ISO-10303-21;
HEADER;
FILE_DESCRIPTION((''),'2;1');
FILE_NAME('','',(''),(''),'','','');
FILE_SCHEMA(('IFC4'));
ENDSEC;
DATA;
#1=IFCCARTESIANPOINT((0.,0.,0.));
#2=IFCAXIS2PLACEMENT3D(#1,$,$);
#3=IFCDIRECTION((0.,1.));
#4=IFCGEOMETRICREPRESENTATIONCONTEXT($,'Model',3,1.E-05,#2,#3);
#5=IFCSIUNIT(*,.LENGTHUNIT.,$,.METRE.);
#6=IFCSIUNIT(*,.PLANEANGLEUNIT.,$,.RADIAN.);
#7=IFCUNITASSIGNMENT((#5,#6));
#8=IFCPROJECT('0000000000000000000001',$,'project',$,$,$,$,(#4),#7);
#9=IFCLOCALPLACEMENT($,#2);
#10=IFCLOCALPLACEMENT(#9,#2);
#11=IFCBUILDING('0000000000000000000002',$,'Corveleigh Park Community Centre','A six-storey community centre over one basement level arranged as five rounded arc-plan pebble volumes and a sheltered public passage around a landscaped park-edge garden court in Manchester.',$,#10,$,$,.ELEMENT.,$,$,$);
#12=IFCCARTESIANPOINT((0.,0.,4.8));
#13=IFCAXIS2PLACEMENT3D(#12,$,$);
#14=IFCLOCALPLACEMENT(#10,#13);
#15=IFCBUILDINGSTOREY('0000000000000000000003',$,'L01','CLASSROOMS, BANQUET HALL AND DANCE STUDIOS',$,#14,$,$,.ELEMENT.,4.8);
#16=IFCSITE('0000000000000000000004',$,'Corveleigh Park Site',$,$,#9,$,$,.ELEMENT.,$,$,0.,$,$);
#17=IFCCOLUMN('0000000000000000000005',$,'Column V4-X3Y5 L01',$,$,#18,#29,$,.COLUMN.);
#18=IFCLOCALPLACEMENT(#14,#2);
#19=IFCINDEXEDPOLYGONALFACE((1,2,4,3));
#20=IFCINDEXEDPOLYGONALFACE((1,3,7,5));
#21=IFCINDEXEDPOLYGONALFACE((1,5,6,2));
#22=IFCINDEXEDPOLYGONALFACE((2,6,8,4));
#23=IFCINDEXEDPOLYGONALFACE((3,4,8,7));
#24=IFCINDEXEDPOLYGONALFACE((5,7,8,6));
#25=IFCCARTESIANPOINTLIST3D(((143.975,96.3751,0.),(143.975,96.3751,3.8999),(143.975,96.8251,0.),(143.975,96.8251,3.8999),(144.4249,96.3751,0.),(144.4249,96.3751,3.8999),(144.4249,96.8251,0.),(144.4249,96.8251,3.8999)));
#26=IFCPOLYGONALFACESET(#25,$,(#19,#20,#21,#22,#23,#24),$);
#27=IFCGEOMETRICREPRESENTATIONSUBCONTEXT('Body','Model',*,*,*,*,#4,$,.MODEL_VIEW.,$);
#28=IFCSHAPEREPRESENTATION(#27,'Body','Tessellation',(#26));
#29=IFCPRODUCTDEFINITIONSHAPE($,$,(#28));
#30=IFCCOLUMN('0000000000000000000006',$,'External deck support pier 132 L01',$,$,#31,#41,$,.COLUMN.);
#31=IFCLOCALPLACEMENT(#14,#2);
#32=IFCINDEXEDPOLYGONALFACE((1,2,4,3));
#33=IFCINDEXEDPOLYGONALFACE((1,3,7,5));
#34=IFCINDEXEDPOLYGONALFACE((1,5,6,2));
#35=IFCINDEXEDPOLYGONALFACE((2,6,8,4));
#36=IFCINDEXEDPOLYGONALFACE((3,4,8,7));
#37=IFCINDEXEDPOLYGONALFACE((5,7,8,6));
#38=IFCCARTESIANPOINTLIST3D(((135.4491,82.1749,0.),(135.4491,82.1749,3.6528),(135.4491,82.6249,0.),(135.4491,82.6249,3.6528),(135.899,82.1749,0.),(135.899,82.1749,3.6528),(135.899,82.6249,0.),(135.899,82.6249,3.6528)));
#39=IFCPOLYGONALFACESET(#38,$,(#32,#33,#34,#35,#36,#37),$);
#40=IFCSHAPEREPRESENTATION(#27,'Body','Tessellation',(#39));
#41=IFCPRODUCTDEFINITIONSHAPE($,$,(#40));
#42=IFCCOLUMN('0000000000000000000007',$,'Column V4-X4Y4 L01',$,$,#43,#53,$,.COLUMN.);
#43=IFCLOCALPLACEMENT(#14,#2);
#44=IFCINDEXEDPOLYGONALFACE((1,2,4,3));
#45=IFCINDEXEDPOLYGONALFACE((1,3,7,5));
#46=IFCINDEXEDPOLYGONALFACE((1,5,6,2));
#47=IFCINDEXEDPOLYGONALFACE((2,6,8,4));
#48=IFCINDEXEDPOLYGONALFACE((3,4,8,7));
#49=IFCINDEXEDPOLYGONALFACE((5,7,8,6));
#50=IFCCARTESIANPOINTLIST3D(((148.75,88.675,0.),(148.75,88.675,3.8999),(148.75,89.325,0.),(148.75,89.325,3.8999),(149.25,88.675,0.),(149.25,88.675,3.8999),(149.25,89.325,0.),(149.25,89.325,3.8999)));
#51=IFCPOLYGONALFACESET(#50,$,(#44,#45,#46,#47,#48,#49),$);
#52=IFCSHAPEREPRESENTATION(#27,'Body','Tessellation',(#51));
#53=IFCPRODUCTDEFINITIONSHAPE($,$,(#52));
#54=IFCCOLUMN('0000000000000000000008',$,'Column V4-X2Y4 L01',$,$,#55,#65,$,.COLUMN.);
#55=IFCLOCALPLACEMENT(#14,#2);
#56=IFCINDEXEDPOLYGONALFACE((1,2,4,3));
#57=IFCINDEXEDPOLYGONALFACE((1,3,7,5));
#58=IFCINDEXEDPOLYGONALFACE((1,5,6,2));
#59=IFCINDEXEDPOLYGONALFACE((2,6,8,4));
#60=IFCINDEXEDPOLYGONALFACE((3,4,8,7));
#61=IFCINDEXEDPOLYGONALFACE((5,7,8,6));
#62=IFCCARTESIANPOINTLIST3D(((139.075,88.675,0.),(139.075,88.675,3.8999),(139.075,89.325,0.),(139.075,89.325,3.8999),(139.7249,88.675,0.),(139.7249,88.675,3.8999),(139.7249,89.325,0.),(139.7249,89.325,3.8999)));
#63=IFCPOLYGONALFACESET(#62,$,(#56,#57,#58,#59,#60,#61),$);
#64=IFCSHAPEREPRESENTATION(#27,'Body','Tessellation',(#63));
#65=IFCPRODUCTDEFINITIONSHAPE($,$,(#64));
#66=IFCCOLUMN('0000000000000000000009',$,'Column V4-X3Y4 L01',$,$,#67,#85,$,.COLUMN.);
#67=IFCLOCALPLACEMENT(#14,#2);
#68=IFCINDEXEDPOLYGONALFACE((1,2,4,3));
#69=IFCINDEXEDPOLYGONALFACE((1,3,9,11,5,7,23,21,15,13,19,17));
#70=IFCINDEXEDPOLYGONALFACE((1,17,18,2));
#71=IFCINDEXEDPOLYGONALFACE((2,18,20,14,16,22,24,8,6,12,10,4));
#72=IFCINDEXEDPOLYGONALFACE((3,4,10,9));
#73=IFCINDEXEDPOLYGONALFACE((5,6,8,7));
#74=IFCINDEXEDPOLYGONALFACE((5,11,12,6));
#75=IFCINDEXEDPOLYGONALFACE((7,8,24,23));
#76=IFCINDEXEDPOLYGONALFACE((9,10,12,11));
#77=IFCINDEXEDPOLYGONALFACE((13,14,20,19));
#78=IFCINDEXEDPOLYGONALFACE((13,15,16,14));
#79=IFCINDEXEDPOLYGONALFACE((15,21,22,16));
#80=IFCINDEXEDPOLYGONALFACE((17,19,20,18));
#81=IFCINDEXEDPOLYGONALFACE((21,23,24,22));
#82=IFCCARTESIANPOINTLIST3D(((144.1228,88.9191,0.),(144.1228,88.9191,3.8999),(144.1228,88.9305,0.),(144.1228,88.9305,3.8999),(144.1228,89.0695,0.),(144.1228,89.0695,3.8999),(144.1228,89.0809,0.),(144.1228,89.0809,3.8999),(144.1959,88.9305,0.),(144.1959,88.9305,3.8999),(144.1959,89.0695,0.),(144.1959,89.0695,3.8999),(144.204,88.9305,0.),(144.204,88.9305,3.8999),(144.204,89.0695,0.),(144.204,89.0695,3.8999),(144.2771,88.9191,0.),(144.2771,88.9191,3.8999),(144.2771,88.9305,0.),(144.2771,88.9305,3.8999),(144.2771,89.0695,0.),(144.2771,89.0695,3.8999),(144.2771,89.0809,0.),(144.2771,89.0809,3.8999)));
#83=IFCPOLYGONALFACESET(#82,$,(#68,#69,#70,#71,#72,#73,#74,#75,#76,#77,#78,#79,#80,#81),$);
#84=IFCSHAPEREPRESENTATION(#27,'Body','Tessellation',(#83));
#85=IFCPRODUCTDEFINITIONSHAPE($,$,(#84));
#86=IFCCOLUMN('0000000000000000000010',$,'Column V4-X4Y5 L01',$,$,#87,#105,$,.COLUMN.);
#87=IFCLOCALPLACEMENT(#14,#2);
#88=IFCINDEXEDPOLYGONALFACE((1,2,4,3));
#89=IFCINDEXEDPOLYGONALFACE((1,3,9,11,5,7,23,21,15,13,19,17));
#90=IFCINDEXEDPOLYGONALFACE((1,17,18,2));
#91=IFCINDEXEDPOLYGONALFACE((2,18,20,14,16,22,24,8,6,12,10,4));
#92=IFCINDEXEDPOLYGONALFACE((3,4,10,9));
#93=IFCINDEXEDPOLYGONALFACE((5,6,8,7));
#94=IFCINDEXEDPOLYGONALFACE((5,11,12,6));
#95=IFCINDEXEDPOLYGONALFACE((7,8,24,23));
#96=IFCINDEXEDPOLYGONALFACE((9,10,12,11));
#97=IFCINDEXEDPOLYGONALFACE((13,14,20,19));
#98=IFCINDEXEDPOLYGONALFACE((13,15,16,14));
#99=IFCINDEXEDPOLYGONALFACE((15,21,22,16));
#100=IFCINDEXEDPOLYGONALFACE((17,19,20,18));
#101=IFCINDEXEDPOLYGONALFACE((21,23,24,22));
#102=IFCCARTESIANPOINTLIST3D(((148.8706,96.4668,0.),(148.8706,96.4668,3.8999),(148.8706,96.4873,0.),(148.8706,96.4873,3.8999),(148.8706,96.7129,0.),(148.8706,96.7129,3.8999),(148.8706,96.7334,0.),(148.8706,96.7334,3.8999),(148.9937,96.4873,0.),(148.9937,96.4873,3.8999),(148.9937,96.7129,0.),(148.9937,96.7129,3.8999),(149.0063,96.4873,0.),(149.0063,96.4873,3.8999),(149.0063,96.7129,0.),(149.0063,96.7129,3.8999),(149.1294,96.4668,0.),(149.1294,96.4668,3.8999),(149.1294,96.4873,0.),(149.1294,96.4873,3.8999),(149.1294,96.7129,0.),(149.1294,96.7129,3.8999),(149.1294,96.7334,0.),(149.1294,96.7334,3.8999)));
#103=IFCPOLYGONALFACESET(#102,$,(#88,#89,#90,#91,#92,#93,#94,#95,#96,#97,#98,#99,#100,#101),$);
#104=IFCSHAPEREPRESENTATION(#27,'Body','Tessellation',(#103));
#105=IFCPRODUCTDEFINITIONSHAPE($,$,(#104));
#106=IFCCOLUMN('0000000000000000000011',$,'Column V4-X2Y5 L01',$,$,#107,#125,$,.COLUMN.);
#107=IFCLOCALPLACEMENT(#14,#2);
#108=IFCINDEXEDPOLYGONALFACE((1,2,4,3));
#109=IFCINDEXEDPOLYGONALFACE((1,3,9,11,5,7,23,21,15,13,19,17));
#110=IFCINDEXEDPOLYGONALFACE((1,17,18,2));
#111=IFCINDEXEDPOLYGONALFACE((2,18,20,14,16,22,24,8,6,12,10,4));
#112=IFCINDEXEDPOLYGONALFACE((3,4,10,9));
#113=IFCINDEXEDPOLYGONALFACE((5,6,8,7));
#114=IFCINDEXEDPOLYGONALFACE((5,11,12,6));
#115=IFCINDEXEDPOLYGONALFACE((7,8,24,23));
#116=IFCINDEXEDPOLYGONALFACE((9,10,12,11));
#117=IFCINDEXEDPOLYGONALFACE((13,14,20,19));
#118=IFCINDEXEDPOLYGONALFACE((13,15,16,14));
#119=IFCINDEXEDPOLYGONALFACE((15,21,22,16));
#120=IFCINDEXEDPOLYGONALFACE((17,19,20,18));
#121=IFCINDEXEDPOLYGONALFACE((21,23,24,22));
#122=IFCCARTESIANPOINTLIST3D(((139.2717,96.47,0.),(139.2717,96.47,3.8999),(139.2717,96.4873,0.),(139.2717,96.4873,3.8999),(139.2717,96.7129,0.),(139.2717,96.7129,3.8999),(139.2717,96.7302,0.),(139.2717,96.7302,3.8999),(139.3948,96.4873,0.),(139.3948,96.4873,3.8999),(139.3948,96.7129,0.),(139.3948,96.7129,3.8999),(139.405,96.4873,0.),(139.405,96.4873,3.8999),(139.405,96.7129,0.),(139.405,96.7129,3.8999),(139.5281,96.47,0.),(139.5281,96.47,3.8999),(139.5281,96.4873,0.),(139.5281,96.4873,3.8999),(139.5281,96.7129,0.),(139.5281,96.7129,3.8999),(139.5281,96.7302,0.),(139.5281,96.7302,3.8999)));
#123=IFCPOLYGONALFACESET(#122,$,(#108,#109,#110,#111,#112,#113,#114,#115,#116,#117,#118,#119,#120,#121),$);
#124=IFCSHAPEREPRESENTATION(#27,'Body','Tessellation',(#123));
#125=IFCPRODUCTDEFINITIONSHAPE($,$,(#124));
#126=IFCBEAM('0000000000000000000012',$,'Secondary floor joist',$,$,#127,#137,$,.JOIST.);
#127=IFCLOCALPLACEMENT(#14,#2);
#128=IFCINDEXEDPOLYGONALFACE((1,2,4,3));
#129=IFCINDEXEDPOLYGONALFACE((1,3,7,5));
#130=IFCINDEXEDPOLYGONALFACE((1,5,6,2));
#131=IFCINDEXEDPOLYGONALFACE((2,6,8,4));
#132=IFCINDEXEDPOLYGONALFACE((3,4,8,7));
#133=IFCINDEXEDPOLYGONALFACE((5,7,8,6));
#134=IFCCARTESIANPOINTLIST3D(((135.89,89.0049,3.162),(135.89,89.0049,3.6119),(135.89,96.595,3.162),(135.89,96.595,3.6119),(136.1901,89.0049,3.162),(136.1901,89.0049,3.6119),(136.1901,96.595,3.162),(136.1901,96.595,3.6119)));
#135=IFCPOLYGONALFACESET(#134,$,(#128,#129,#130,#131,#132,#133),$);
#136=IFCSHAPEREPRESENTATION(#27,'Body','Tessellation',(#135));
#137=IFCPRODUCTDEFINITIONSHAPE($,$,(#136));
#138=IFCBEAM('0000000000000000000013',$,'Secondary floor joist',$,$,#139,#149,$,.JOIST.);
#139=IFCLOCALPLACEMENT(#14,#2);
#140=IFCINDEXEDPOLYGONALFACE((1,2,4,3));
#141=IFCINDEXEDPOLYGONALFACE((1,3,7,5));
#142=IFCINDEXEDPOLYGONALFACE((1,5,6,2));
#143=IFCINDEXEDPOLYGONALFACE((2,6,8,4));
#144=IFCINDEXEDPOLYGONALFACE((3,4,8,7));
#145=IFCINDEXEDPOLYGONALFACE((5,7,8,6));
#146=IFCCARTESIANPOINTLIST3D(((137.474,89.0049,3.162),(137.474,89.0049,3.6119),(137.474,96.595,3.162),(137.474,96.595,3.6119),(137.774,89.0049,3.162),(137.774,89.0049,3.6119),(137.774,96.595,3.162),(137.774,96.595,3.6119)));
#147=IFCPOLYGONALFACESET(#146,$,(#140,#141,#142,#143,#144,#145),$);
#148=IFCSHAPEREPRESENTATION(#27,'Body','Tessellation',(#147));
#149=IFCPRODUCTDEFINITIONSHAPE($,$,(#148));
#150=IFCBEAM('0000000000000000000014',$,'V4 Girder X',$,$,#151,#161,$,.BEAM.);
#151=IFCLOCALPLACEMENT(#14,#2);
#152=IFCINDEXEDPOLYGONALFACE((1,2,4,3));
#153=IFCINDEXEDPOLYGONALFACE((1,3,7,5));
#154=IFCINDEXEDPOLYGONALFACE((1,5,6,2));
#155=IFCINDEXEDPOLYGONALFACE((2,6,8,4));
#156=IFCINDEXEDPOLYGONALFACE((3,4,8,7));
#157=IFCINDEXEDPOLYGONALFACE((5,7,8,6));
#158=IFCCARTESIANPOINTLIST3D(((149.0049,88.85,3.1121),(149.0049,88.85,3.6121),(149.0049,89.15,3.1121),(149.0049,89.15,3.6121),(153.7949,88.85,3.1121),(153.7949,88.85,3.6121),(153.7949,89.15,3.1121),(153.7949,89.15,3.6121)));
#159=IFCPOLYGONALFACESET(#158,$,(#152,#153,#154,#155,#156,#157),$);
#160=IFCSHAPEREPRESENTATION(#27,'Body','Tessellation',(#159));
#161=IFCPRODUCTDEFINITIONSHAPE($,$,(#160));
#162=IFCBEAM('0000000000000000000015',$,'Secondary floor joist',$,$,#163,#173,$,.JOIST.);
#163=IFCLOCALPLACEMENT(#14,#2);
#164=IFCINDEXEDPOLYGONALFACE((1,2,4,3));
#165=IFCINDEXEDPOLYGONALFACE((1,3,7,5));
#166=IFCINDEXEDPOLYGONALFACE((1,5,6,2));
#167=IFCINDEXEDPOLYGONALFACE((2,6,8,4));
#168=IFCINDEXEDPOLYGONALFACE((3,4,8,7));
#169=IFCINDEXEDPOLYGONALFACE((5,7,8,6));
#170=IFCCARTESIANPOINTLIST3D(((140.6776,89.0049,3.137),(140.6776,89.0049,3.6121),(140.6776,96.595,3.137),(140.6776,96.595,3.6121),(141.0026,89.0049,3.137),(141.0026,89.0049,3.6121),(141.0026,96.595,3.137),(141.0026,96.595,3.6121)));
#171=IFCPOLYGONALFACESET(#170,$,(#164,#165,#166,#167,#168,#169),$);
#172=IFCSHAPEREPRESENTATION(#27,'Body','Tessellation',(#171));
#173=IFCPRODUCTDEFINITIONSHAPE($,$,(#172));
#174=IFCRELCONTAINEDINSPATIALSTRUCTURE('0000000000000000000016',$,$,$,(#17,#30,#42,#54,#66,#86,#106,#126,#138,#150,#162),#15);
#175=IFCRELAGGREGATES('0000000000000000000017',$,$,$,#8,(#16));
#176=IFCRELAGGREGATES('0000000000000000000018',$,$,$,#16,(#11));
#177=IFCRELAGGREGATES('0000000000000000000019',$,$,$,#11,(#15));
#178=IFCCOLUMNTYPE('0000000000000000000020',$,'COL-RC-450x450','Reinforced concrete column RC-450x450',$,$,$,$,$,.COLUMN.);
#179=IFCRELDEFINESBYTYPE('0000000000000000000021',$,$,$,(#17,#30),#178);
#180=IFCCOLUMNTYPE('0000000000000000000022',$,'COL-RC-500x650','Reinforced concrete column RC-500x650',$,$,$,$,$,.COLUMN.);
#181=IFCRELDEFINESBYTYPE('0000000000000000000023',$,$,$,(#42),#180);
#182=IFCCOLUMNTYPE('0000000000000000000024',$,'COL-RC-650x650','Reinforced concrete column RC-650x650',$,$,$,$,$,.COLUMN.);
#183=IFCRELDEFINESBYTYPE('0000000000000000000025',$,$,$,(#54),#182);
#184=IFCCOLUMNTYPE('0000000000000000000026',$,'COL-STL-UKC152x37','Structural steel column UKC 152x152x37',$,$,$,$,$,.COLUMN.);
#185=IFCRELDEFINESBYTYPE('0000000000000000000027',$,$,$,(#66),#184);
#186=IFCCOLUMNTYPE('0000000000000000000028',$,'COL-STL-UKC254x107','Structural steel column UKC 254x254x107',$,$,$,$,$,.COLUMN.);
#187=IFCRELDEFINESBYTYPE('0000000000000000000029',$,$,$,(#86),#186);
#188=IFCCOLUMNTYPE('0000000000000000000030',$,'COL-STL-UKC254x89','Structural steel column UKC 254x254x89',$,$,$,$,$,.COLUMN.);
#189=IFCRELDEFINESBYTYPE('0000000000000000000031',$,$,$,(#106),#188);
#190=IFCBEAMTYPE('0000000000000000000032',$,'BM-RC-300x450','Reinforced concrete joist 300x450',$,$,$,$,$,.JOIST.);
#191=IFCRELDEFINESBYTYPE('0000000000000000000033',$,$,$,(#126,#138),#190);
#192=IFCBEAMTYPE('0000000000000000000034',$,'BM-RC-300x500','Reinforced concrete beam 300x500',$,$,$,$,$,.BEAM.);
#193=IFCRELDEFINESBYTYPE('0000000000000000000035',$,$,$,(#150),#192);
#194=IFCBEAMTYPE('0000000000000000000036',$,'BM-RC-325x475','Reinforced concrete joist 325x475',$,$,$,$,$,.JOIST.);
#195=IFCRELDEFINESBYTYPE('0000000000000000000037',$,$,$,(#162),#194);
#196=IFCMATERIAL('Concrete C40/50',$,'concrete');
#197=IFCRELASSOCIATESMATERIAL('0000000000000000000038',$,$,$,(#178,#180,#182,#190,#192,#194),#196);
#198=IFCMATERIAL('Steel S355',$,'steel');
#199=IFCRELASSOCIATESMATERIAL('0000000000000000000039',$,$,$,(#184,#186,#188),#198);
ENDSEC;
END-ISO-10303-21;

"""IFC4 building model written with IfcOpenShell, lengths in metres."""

from ifc_helpers import new_model, si_unit, direction, frame, origin, origin_2d, place, context, subcontext, project, spatial, rectangle, i_section, extrude, material, material_profile, profile_set, type_object, element, save


model = new_model("IFC4")

# Units and contexts
model_context = context("Model", 3, precision=1e-05, world=origin(), true_north=direction((0.0, 1.0)))
body_context = subcontext(model_context, "Body", "Model", "MODEL_VIEW")
ifc_project = project(units=[si_unit("LENGTHUNIT", "METRE"), si_unit("PLANEANGLEUNIT", "RADIAN")], contexts=[model_context])

# Site, building, storey
site_placement = place(None, origin())
site = spatial("IfcSite", under=ifc_project, at=site_placement, Name="Corveleigh Park Site", CompositionType="ELEMENT", RefElevation=0.0)
building_placement = place(site_placement, origin())
building = spatial("IfcBuilding", under=site, at=building_placement, Name="Corveleigh Park Community Centre", Description="A six-storey community centre over one basement level arranged as five rounded arc-plan pebble volumes and a sheltered public passage around a landscaped park-edge garden court in Manchester.", CompositionType="ELEMENT")
storey_placement = place(building_placement, frame((0.0, 0.0, 4.8)))
storey = spatial("IfcBuildingStorey", under=building, at=storey_placement, Name="L01", Description="CLASSROOMS, BANQUET HALL AND DANCE STUDIOS", CompositionType="ELEMENT", Elevation=4.8)

# Columns
ifc_material_1 = material(Name="Concrete C40/50", Category="concrete")
ifc_material_profile_1 = material_profile(ifc_material_1, rectangle(XDim=0.45, YDim=0.45, at=origin_2d()), Name="RC-450x450", Category="concrete")
ifc_profile_set_1 = profile_set([ifc_material_profile_1], Name="Concrete C40/50")
column_type_1 = type_object("IfcColumnType", Name="COL-RC-450x450", Description="Reinforced concrete column RC-450x450", PredefinedType="COLUMN", material=ifc_profile_set_1)
column_1_placement = place(storey_placement, frame((144.2, 96.6001, 0.0), z_axis=(0.0, 0.0, 1.0), x_axis=(1.0, 0.0, 0.0)))
element("IfcColumn", 1, at=column_1_placement, inside=storey, type_object=column_type_1, Name="Column V4-X3Y5 L01", PredefinedType="COLUMN", context=body_context, shape_type="SweptSolid", body=[
    extrude(rectangle(XDim=0.45, YDim=0.45, at=origin_2d()), origin(), (0.0, 0.0, 1.0), 3.8999),
])
column_2_placement = place(storey_placement, frame((135.6741, 82.3999, 0.0), z_axis=(0.0, 0.0, 1.0), x_axis=(1.0, 0.0, 0.0)))
element("IfcColumn", 2, at=column_2_placement, inside=storey, type_object=column_type_1, Name="External deck support pier 132 L01", PredefinedType="COLUMN", context=body_context, shape_type="SweptSolid", body=[
    extrude(rectangle(XDim=0.45, YDim=0.45, at=origin_2d()), origin(), (0.0, 0.0, 1.0), 3.6528),
])
ifc_material_profile_2 = material_profile(ifc_material_1, rectangle(XDim=0.5, YDim=0.6499, at=origin_2d()), Name="RC-500x650", Category="concrete")
ifc_profile_set_2 = profile_set([ifc_material_profile_2], Name="Concrete C40/50")
column_type_2 = type_object("IfcColumnType", Name="COL-RC-500x650", Description="Reinforced concrete column RC-500x650", PredefinedType="COLUMN", material=ifc_profile_set_2)
column_3_placement = place(storey_placement, frame((149.0, 89.0, 0.0), z_axis=(0.0, 0.0, 1.0), x_axis=(1.0, 0.0, 0.0)))
element("IfcColumn", 3, at=column_3_placement, inside=storey, type_object=column_type_2, Name="Column V4-X4Y4 L01", PredefinedType="COLUMN", context=body_context, shape_type="SweptSolid", body=[
    extrude(rectangle(XDim=0.5, YDim=0.6499, at=origin_2d()), origin(), (0.0, 0.0, 1.0), 3.8999),
])
ifc_material_profile_3 = material_profile(ifc_material_1, rectangle(XDim=0.6499, YDim=0.6499, at=origin_2d()), Name="RC-650x650", Category="concrete")
ifc_profile_set_3 = profile_set([ifc_material_profile_3], Name="Concrete C40/50")
column_type_3 = type_object("IfcColumnType", Name="COL-RC-650x650", Description="Reinforced concrete column RC-650x650", PredefinedType="COLUMN", material=ifc_profile_set_3)
column_4_placement = place(storey_placement, frame((139.3999, 89.0, 0.0), z_axis=(0.0, 0.0, 1.0), x_axis=(1.0, 0.0, 0.0)))
element("IfcColumn", 4, at=column_4_placement, inside=storey, type_object=column_type_3, Name="Column V4-X2Y4 L01", PredefinedType="COLUMN", context=body_context, shape_type="SweptSolid", body=[
    extrude(rectangle(XDim=0.6499, YDim=0.6499, at=origin_2d()), origin(), (0.0, 0.0, 1.0), 3.8999),
])
ifc_material_2 = material(Name="Steel S355", Category="steel")
ifc_material_profile_4 = material_profile(ifc_material_2, i_section(OverallWidth=0.1543, OverallDepth=0.1619, WebThickness=0.0081, FlangeThickness=0.0115, at=origin_2d()), Name="UKC 152x152x37", Category="steel")
ifc_profile_set_4 = profile_set([ifc_material_profile_4], Name="Steel S355")
column_type_4 = type_object("IfcColumnType", Name="COL-STL-UKC152x37", Description="Structural steel column UKC 152x152x37", PredefinedType="COLUMN", material=ifc_profile_set_4)
column_5_placement = place(storey_placement, frame((144.2, 89.0, 0.0), z_axis=(0.0, 0.0, 1.0), x_axis=(1.0, 0.0, 0.0)))
element("IfcColumn", 5, at=column_5_placement, inside=storey, type_object=column_type_4, Name="Column V4-X3Y4 L01", PredefinedType="COLUMN", context=body_context, shape_type="SweptSolid", body=[
    extrude(i_section(OverallWidth=0.1543, OverallDepth=0.1619, WebThickness=0.0081, FlangeThickness=0.0115, at=origin_2d()), origin(), (0.0, 0.0, 1.0), 3.8999),
])
ifc_material_profile_5 = material_profile(ifc_material_2, i_section(OverallWidth=0.2588, OverallDepth=0.2666, WebThickness=0.0127, FlangeThickness=0.0205, at=origin_2d()), Name="UKC 254x254x107", Category="steel")
ifc_profile_set_5 = profile_set([ifc_material_profile_5], Name="Steel S355")
column_type_5 = type_object("IfcColumnType", Name="COL-STL-UKC254x107", Description="Structural steel column UKC 254x254x107", PredefinedType="COLUMN", material=ifc_profile_set_5)
column_6_placement = place(storey_placement, frame((149.0, 96.6001, 0.0), z_axis=(0.0, 0.0, 1.0), x_axis=(1.0, 0.0, 0.0)))
element("IfcColumn", 6, at=column_6_placement, inside=storey, type_object=column_type_5, Name="Column V4-X4Y5 L01", PredefinedType="COLUMN", context=body_context, shape_type="SweptSolid", body=[
    extrude(i_section(OverallWidth=0.2588, OverallDepth=0.2666, WebThickness=0.0127, FlangeThickness=0.0205, at=origin_2d()), origin(), (0.0, 0.0, 1.0), 3.8999),
])
ifc_material_profile_6 = material_profile(ifc_material_2, i_section(OverallWidth=0.2563, OverallDepth=0.2603, WebThickness=0.0103, FlangeThickness=0.0173, at=origin_2d()), Name="UKC 254x254x89", Category="steel")
ifc_profile_set_6 = profile_set([ifc_material_profile_6], Name="Steel S355")
column_type_6 = type_object("IfcColumnType", Name="COL-STL-UKC254x89", Description="Structural steel column UKC 254x254x89", PredefinedType="COLUMN", material=ifc_profile_set_6)
column_7_placement = place(storey_placement, frame((139.3999, 96.6001, 0.0), z_axis=(0.0, 0.0, 1.0), x_axis=(1.0, 0.0, 0.0)))
element("IfcColumn", 7, at=column_7_placement, inside=storey, type_object=column_type_6, Name="Column V4-X2Y5 L01", PredefinedType="COLUMN", context=body_context, shape_type="SweptSolid", body=[
    extrude(i_section(OverallWidth=0.2563, OverallDepth=0.2603, WebThickness=0.0103, FlangeThickness=0.0173, at=origin_2d()), origin(), (0.0, 0.0, 1.0), 3.8999),
])

# Beams
ifc_material_profile_7 = material_profile(ifc_material_1, rectangle(XDim=0.3, YDim=0.45, at=origin_2d()), Name="RC-300x450", Category="concrete")
ifc_profile_set_7 = profile_set([ifc_material_profile_7], Name="Concrete C40/50")
beam_type_1 = type_object("IfcBeamType", Name="BM-RC-300x450", Description="Reinforced concrete joist 300x450", PredefinedType="JOIST", material=ifc_profile_set_7)
for number, where, z_axis, x_axis, name in (
    (8, (136.04, 89.0049, 3.387), (0.0, 1.0, 0.0), (-1.0, 0.0, 0.0), "Secondary floor joist"),
    (9, (137.624, 89.0049, 3.387), (0.0, 1.0, 0.0), (-1.0, 0.0, 0.0), "Secondary floor joist"),
):
    element("IfcBeam", number, at=place(storey_placement, frame(where, z_axis=z_axis, x_axis=x_axis)), inside=storey, type_object=beam_type_1, Name=name, PredefinedType="JOIST", context=body_context, shape_type="SweptSolid", body=[
        extrude(rectangle(XDim=0.3, YDim=0.45, at=origin_2d()), origin(), (0.0, 0.0, 1.0), 7.5901),
    ])
ifc_material_profile_8 = material_profile(ifc_material_1, rectangle(XDim=0.3, YDim=0.5, at=origin_2d()), Name="RC-300x500", Category="concrete")
ifc_profile_set_8 = profile_set([ifc_material_profile_8], Name="Concrete C40/50")
beam_type_2 = type_object("IfcBeamType", Name="BM-RC-300x500", Description="Reinforced concrete beam 300x500", PredefinedType="BEAM", material=ifc_profile_set_8)
beam_1_placement = place(storey_placement, frame((149.0049, 89.0, 3.3621), z_axis=(1.0, 0.0, 0.0), x_axis=(0.0, 1.0, 0.0)))
element("IfcBeam", 10, at=beam_1_placement, inside=storey, type_object=beam_type_2, Name="V4 Girder X", PredefinedType="BEAM", context=body_context, shape_type="SweptSolid", body=[
    extrude(rectangle(XDim=0.3, YDim=0.5, at=origin_2d()), origin(), (0.0, 0.0, 1.0), 4.79),
])
ifc_material_profile_9 = material_profile(ifc_material_1, rectangle(XDim=0.325, YDim=0.4751, at=origin_2d()), Name="RC-325x475", Category="concrete")
ifc_profile_set_9 = profile_set([ifc_material_profile_9], Name="Concrete C40/50")
beam_type_3 = type_object("IfcBeamType", Name="BM-RC-325x475", Description="Reinforced concrete joist 325x475", PredefinedType="JOIST", material=ifc_profile_set_9)
for number, where, z_axis, x_axis, name in (
    (11, (140.8401, 89.0049, 3.3745), (0.0, 1.0, 0.0), (-1.0, 0.0, 0.0), "Secondary floor joist"),
):
    element("IfcBeam", number, at=place(storey_placement, frame(where, z_axis=z_axis, x_axis=x_axis)), inside=storey, type_object=beam_type_3, Name=name, PredefinedType="JOIST", context=body_context, shape_type="SweptSolid", body=[
        extrude(rectangle(XDim=0.325, YDim=0.4751, at=origin_2d()), origin(), (0.0, 0.0, 1.0), 7.5901),
    ])

save(model, "model.ifc")
